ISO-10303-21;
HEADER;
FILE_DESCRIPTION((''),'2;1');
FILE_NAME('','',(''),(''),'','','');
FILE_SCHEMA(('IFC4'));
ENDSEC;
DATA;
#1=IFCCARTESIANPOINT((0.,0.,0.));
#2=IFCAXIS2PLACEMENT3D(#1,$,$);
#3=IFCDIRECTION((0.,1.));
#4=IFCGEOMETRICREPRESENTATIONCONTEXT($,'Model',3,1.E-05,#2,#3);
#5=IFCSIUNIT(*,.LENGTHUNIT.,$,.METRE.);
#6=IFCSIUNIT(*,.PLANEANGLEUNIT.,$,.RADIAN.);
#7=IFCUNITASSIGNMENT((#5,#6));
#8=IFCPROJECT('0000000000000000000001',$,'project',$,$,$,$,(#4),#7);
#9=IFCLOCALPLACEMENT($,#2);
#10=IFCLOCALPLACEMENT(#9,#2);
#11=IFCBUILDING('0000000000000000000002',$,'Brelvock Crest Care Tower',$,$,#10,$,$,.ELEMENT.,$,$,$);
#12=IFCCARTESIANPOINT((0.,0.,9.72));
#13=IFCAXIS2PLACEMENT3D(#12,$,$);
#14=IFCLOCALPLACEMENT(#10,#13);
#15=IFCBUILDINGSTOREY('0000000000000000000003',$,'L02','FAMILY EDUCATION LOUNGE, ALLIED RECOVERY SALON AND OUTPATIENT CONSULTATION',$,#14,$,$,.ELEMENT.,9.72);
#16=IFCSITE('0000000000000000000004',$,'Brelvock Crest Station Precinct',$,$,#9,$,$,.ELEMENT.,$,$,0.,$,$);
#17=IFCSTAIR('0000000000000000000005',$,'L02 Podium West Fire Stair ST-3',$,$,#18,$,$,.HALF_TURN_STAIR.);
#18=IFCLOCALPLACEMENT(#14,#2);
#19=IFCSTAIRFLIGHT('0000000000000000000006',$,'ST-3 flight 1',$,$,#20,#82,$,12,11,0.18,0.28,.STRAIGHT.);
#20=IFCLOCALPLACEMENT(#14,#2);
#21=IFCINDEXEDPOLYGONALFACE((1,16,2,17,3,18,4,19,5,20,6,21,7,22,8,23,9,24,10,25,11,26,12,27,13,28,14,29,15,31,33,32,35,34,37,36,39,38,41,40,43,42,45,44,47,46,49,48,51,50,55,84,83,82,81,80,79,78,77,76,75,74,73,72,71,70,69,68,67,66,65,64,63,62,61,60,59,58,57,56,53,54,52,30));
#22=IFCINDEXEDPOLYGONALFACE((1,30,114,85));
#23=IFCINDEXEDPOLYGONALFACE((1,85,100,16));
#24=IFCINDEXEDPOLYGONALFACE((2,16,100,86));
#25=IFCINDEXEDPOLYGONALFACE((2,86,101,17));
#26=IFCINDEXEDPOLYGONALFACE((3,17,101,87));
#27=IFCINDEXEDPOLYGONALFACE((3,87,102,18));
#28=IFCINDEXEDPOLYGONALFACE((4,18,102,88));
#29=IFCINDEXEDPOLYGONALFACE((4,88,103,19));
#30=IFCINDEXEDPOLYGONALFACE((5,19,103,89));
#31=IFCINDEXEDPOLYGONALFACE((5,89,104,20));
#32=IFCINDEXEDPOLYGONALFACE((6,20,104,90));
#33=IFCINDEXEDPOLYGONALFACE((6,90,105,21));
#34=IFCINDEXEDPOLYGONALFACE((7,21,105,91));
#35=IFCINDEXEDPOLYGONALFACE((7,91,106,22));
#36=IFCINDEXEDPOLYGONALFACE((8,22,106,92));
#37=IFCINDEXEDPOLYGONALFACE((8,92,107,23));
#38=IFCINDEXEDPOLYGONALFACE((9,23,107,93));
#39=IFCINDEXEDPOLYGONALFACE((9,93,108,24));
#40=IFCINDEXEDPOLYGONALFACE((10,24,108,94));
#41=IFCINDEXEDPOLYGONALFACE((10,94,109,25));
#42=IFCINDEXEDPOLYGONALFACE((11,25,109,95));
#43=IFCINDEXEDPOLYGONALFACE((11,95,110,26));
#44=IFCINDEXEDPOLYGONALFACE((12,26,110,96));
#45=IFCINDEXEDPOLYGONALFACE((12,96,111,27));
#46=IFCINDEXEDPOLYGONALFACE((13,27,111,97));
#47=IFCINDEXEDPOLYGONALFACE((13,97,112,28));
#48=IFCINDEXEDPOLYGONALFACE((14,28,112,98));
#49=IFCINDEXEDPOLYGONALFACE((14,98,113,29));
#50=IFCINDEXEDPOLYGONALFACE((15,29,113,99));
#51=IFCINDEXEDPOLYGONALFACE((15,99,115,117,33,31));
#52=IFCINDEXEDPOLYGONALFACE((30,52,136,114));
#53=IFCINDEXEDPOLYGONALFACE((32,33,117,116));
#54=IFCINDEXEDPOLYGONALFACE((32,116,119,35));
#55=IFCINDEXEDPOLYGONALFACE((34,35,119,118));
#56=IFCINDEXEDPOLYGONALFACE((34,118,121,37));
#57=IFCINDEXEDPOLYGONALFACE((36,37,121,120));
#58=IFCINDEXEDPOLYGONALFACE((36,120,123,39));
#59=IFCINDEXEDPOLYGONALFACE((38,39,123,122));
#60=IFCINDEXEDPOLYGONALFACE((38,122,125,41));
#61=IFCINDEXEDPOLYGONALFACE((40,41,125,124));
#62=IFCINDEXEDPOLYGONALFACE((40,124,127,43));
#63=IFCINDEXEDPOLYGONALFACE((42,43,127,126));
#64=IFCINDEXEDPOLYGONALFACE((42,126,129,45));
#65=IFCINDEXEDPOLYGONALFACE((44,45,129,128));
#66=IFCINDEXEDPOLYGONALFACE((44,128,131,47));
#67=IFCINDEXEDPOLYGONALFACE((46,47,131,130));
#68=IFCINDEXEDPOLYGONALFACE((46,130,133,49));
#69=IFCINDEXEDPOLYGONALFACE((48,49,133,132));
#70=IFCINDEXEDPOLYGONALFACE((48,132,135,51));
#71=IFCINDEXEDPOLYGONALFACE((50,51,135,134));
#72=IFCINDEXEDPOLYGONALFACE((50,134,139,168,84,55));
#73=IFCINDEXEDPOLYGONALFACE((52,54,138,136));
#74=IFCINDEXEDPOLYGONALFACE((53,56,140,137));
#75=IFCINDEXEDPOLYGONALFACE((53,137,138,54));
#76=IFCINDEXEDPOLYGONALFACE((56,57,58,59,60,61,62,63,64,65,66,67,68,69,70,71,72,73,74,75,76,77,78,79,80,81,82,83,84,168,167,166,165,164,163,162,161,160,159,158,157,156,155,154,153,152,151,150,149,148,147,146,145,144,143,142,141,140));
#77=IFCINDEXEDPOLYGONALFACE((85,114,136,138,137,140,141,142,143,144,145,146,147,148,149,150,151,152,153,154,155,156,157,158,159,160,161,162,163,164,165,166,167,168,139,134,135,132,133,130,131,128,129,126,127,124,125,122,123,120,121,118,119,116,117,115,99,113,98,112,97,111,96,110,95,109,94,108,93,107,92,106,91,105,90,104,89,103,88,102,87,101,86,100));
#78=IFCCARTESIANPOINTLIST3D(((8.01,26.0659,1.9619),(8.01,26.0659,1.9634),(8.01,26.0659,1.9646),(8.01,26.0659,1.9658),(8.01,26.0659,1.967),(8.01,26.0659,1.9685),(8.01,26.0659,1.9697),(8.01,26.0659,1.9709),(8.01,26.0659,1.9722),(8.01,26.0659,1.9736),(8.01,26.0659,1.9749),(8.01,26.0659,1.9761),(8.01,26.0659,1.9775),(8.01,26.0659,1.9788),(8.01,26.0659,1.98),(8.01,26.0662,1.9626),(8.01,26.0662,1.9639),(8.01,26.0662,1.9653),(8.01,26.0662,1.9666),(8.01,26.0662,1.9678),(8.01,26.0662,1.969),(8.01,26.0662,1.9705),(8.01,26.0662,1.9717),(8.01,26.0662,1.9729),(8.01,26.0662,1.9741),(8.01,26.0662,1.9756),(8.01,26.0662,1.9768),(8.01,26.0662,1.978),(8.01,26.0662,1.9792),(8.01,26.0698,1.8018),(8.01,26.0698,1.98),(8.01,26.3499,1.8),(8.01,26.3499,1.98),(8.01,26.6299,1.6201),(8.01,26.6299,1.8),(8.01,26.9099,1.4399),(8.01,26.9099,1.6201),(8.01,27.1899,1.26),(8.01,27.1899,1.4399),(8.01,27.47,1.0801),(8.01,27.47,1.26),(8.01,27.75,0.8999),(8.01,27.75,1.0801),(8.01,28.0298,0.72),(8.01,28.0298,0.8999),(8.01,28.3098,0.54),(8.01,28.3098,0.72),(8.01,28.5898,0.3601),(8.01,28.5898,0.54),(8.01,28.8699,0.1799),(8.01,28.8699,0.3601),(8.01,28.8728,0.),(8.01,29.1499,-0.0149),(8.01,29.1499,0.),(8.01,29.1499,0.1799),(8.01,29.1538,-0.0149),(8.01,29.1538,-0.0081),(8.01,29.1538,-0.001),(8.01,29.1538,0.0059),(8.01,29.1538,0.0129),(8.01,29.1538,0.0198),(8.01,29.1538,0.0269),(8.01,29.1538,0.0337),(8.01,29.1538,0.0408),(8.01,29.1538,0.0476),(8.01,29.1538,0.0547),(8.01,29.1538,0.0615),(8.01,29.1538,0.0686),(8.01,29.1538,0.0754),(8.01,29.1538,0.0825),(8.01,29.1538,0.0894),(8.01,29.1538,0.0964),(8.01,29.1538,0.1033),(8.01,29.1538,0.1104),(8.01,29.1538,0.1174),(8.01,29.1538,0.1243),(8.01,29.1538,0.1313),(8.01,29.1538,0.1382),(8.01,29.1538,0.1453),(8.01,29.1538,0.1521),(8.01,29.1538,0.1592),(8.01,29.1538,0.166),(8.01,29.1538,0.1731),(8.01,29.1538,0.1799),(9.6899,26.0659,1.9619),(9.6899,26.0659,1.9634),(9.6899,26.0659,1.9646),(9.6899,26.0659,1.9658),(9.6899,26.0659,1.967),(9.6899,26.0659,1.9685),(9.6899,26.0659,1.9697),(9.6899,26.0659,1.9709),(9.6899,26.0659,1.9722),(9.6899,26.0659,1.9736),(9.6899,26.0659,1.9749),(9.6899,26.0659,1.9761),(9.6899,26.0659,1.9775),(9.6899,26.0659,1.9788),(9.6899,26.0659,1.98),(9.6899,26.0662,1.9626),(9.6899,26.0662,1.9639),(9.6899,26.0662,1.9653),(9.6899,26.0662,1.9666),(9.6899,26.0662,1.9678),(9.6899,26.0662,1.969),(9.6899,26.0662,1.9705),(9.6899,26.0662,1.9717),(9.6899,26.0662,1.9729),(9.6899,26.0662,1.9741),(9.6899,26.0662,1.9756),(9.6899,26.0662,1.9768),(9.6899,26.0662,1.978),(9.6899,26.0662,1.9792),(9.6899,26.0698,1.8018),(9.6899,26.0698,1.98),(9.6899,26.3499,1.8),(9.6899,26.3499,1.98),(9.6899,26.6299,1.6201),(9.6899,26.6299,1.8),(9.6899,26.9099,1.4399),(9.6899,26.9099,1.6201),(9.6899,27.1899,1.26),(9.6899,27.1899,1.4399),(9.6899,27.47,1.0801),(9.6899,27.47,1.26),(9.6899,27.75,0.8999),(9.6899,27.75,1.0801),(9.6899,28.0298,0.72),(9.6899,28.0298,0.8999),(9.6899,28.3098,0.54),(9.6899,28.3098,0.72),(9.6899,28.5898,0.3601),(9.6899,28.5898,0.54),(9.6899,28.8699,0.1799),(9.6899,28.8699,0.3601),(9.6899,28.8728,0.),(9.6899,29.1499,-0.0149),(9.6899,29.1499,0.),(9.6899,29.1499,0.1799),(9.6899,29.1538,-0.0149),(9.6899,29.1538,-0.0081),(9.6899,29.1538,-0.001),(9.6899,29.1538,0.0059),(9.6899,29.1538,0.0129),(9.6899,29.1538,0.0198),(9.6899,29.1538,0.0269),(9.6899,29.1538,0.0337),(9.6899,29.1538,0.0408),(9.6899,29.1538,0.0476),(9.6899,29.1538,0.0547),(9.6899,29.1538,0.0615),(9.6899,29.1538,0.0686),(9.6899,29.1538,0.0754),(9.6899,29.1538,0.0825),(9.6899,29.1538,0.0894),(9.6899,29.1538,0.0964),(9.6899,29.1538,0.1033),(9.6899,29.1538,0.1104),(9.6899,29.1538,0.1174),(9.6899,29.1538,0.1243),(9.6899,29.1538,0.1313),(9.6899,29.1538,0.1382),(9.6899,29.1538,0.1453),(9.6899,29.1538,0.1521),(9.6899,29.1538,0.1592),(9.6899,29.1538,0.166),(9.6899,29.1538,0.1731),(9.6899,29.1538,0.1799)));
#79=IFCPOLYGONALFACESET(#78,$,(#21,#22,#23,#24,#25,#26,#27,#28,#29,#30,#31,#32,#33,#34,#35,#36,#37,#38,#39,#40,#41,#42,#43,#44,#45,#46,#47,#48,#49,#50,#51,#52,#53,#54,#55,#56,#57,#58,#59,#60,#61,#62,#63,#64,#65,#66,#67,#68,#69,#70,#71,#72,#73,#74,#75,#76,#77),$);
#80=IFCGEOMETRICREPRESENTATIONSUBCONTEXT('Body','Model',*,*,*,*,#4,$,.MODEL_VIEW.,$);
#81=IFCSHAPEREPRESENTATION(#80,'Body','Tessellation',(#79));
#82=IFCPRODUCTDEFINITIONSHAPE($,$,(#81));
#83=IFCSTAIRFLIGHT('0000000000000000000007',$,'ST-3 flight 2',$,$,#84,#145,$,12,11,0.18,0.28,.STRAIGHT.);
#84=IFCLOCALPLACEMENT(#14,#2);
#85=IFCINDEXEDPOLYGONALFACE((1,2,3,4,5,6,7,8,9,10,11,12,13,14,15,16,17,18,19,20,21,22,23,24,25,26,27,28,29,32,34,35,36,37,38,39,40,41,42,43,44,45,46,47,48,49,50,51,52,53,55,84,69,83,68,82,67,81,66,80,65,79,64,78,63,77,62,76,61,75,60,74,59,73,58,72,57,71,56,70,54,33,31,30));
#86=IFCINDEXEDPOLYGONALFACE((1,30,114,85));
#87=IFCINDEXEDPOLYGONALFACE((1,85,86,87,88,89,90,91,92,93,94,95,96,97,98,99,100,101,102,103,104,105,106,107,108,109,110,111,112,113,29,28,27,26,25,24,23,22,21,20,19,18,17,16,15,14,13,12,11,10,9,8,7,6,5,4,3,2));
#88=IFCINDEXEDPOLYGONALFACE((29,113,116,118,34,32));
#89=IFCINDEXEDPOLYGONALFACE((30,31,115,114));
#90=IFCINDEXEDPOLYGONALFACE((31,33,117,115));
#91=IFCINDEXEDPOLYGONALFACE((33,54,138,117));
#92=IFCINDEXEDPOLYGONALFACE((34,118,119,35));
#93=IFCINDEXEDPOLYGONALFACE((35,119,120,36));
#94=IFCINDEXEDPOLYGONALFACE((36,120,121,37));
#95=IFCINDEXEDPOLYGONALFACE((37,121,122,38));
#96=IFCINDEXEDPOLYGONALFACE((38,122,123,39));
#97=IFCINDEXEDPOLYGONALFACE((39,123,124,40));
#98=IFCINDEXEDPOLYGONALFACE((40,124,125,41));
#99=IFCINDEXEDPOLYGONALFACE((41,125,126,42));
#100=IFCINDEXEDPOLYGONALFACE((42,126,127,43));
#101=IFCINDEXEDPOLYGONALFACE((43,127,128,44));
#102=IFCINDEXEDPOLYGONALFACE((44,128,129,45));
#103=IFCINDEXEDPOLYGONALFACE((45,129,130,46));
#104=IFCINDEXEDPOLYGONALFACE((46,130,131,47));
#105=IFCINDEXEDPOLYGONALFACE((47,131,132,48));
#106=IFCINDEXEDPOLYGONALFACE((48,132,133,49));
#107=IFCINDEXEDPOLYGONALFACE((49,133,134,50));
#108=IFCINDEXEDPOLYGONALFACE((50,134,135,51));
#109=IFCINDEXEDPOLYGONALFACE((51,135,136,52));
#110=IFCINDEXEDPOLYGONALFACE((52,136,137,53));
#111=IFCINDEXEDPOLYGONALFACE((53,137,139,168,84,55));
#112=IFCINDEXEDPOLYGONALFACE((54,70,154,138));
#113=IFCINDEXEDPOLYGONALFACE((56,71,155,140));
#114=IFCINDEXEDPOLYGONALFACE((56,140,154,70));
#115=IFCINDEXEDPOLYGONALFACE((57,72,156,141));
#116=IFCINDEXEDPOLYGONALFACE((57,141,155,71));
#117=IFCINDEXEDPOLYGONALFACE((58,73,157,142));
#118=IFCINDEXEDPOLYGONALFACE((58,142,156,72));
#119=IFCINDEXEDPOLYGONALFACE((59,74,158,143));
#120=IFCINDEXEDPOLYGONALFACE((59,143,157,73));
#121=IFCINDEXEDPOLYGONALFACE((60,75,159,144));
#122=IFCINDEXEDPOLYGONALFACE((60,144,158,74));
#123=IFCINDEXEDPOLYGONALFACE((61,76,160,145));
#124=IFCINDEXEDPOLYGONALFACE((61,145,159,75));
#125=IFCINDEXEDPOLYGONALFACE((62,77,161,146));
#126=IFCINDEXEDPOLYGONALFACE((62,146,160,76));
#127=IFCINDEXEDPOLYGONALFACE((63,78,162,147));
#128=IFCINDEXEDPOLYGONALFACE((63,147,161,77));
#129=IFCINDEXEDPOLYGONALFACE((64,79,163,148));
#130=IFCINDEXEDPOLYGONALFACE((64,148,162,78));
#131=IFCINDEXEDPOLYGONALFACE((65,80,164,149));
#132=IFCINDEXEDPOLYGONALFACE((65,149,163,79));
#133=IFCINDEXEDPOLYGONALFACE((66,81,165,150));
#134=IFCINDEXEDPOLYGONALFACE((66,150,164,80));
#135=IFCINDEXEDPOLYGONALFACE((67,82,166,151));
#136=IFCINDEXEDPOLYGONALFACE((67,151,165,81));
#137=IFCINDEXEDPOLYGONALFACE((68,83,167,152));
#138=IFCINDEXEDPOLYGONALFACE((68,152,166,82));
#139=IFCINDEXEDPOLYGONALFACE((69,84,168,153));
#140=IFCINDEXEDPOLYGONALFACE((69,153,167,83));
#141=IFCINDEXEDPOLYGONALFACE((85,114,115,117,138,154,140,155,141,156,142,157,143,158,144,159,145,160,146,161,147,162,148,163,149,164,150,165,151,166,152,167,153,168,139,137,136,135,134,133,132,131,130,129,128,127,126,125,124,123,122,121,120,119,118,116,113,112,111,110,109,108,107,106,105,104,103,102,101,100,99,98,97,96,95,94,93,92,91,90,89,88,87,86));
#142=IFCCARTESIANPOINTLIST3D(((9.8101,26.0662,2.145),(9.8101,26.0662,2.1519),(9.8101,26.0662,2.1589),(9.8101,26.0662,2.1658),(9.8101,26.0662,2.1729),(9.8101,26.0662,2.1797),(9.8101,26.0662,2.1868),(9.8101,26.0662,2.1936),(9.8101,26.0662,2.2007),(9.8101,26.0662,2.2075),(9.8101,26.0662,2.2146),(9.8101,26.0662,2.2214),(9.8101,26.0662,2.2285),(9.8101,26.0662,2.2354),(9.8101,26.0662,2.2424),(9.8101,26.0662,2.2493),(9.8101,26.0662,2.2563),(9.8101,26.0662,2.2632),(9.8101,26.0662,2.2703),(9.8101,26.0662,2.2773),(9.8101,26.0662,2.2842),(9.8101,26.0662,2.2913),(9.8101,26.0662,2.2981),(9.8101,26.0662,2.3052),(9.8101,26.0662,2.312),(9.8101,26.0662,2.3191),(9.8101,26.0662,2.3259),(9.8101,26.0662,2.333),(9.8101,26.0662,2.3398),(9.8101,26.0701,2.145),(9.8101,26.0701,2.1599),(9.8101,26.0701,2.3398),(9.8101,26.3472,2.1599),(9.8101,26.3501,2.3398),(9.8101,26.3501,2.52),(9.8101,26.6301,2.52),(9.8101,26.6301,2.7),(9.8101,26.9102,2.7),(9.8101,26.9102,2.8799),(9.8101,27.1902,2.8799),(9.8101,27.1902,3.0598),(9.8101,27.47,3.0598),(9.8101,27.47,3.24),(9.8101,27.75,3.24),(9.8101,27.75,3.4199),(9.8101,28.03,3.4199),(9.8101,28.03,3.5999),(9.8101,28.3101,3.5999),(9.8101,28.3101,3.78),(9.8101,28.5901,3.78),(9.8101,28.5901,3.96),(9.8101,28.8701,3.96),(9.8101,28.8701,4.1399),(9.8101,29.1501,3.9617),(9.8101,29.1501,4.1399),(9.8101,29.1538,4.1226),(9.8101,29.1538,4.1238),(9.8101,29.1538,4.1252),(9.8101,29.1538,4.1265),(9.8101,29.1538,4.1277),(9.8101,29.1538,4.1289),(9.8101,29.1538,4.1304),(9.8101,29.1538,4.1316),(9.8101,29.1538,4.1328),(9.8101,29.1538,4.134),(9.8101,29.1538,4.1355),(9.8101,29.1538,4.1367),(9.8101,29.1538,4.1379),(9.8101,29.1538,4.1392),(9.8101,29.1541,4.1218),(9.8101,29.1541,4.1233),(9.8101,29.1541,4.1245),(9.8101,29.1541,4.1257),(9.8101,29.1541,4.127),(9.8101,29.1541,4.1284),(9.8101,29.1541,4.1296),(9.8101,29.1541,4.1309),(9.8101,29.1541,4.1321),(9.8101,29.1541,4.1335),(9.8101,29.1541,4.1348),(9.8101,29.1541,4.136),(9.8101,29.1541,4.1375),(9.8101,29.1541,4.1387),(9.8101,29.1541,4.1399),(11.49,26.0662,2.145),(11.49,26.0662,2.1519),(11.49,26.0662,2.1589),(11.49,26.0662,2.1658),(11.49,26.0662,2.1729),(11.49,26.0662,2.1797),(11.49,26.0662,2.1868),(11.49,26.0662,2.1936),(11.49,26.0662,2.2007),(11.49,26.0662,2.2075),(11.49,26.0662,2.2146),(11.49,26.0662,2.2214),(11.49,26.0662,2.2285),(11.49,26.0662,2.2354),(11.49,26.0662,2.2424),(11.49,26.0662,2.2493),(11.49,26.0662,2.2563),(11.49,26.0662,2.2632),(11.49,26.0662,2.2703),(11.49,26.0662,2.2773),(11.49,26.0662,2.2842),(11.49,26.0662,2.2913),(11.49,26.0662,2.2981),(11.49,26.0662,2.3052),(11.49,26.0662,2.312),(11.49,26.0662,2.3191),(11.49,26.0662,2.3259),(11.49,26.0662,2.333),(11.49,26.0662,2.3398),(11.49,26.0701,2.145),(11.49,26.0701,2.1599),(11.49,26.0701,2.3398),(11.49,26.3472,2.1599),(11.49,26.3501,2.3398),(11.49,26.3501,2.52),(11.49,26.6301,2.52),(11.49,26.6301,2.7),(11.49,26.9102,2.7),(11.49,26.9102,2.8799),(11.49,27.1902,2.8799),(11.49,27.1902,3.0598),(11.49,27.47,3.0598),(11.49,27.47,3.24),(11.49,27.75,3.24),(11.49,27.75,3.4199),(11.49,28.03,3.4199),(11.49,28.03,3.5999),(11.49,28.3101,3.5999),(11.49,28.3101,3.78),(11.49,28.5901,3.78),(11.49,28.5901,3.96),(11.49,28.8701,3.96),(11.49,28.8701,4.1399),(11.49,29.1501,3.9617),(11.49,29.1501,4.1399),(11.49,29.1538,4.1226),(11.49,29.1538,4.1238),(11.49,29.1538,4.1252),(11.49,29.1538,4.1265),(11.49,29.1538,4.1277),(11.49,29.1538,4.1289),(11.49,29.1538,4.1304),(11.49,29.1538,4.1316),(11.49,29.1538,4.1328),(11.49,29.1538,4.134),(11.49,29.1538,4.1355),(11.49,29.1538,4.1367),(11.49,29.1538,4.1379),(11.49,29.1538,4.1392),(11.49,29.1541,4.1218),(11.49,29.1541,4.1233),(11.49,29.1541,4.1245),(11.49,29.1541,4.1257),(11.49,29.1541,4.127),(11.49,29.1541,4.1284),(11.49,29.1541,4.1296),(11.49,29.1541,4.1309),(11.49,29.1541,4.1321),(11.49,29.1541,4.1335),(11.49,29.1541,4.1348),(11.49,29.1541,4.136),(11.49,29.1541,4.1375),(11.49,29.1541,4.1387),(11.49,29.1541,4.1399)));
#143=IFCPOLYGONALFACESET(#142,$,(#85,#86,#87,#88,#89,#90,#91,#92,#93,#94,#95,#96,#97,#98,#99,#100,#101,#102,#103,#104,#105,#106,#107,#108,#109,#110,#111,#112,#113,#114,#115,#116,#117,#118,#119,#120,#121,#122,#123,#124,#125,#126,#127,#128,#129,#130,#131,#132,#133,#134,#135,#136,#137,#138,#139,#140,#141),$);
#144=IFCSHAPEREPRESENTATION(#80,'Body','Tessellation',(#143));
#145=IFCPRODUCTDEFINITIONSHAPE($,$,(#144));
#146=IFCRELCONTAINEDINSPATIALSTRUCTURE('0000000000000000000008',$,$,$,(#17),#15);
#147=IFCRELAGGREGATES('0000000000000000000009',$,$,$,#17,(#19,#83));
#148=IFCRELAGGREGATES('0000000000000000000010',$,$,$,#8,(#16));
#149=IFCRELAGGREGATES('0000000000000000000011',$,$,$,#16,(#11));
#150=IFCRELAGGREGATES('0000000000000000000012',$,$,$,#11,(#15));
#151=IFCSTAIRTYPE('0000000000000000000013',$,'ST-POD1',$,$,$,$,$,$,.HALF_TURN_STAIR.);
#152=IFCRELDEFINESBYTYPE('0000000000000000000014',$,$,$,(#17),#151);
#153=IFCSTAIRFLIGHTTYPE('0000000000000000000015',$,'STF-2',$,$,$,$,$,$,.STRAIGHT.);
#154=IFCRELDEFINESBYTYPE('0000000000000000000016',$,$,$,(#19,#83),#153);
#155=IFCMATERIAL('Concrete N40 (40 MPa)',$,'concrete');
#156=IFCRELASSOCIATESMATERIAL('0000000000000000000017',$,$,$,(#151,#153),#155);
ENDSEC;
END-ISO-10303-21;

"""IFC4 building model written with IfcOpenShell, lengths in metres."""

from ifc_helpers import new_model, si_unit, direction, frame, origin, place, context, subcontext, project, spatial, polyline, outline, extrude, material, type_object, element, aggregate, save


model = new_model("IFC4")

# Units and contexts
model_context = context("Model", 3, precision=1e-05, world=origin(), true_north=direction((0.0, 1.0)))
body_context = subcontext(model_context, "Body", "Model", "MODEL_VIEW")
ifc_project = project(units=[si_unit("LENGTHUNIT", "METRE"), si_unit("PLANEANGLEUNIT", "RADIAN")], contexts=[model_context])

# Site, building, storey
site_placement = place(None, origin())
site = spatial("IfcSite", under=ifc_project, at=site_placement, Name="Brelvock Crest Station Precinct", CompositionType="ELEMENT", RefElevation=0.0)
building_placement = place(site_placement, origin())
building = spatial("IfcBuilding", under=site, at=building_placement, Name="Brelvock Crest Care Tower", CompositionType="ELEMENT")
storey_placement = place(building_placement, frame((0.0, 0.0, 9.72)))
storey = spatial("IfcBuildingStorey", under=building, at=storey_placement, Name="L02", Description="FAMILY EDUCATION LOUNGE, ALLIED RECOVERY SALON AND OUTPATIENT CONSULTATION", CompositionType="ELEMENT", Elevation=9.72)

# Stair, stair flights
ifc_material_1 = material(Name="Concrete N40 (40 MPa)", Category="concrete")
stair_type = type_object("IfcStairType", Name="ST-POD1", PredefinedType="HALF_TURN_STAIR", material=ifc_material_1)
stair_placement = place(storey_placement, origin())
stair = element("IfcStair", 1, at=stair_placement, inside=storey, type_object=stair_type, Name="L02 Podium West Fire Stair ST-3", PredefinedType="HALF_TURN_STAIR")
stair_flight_type = type_object("IfcStairFlightType", Name="STF-2", PredefinedType="STRAIGHT", material=ifc_material_1)
stair_flight_1_placement = place(storey_placement, frame((8.8501, 29.1499, 0.0), z_axis=(0.0, 0.0, 1.0), x_axis=(0.0, -1.0, 0.0)))
stair_flight_1 = element("IfcStairFlight", 2, at=stair_flight_1_placement, type_object=stair_flight_type, Name="ST-3 flight 1", NumberOfRisers=12, NumberOfTreads=11, PredefinedType="STRAIGHT", RiserHeight=0.18, TreadLength=0.28, context=body_context, shape_type="SweptSolid", body=[
    extrude(outline(polyline([(-0.0039, -0.0149), (-0.0039, -0.0081), (-0.0039, -0.001), (-0.0039, 0.0059), (-0.0039, 0.0129), (-0.0039, 0.0198), (-0.0039, 0.0269), (-0.0039, 0.0337), (-0.0039, 0.0408), (-0.0039, 0.0476), (-0.0039, 0.0547), (-0.0039, 0.0615), (-0.0039, 0.0686), (-0.0039, 0.0754), (-0.0039, 0.0825), (-0.0039, 0.0894), (-0.0039, 0.0964), (-0.0039, 0.1033), (-0.0039, 0.1104), (-0.0039, 0.1174), (-0.0039, 0.1243), (-0.0039, 0.1313), (-0.0039, 0.1382), (-0.0039, 0.1453), (-0.0039, 0.1521), (-0.0039, 0.1592), (-0.0039, 0.166), (-0.0039, 0.1731), (-0.0039, 0.1799), (0.0, 0.1799), (0.28, 0.1799), (0.28, 0.3601), (0.5601, 0.3601), (0.5601, 0.54), (0.8401, 0.54), (0.8401, 0.72), (1.1201, 0.72), (1.1201, 0.8999), (1.3999, 0.8999), (1.3999, 1.0801), (1.6799, 1.0801), (1.6799, 1.26), (1.96, 1.26), (1.96, 1.4399), (2.24, 1.4399), (2.24, 1.6201), (2.52, 1.6201), (2.52, 1.8), (2.8, 1.8), (2.8, 1.98), (3.0801, 1.98), (3.084, 1.98), (3.0837, 1.9792), (3.084, 1.9788), (3.0837, 1.978), (3.084, 1.9775), (3.0837, 1.9768), (3.084, 1.9761), (3.0837, 1.9756), (3.084, 1.9749), (3.0837, 1.9741), (3.084, 1.9736), (3.0837, 1.9729), (3.084, 1.9722), (3.0837, 1.9717), (3.084, 1.9709), (3.0837, 1.9705), (3.084, 1.9697), (3.0837, 1.969), (3.084, 1.9685), (3.0837, 1.9678), (3.084, 1.967), (3.0837, 1.9666), (3.084, 1.9658), (3.0837, 1.9653), (3.084, 1.9646), (3.0837, 1.9639), (3.084, 1.9634), (3.0837, 1.9626), (3.084, 1.9619), (3.0801, 1.8018), (0.2771, 0.0), (0.0, 0.0), (0.0, -0.0149), (-0.0039, -0.0149)])), frame((0.0, 0.8398, 0.0), z_axis=(0.0, -1.0, 0.0), x_axis=(1.0, 0.0, 0.0)), (0.0, 0.0, 1.0), 1.6799),
])
stair_flight_2_placement = place(storey_placement, frame((10.6499, 26.0701, 2.1599), z_axis=(0.0, 0.0, 1.0), x_axis=(0.0, 1.0, 0.0)))
stair_flight_2 = element("IfcStairFlight", 3, at=stair_flight_2_placement, type_object=stair_flight_type, Name="ST-3 flight 2", NumberOfRisers=12, NumberOfTreads=11, PredefinedType="STRAIGHT", RiserHeight=0.18, TreadLength=0.28, context=body_context, shape_type="SweptSolid", body=[
    extrude(outline(polyline([(-0.0039, -0.0149), (-0.0039, -0.0081), (-0.0039, -0.001), (-0.0039, 0.0059), (-0.0039, 0.0129), (-0.0039, 0.0198), (-0.0039, 0.0269), (-0.0039, 0.0337), (-0.0039, 0.0408), (-0.0039, 0.0476), (-0.0039, 0.0547), (-0.0039, 0.0615), (-0.0039, 0.0686), (-0.0039, 0.0754), (-0.0039, 0.0825), (-0.0039, 0.0894), (-0.0039, 0.0964), (-0.0039, 0.1033), (-0.0039, 0.1104), (-0.0039, 0.1174), (-0.0039, 0.1243), (-0.0039, 0.1313), (-0.0039, 0.1382), (-0.0039, 0.1453), (-0.0039, 0.1521), (-0.0039, 0.1592), (-0.0039, 0.166), (-0.0039, 0.1731), (-0.0039, 0.1799), (0.0, 0.1799), (0.28, 0.1799), (0.28, 0.3601), (0.5601, 0.3601), (0.5601, 0.54), (0.8401, 0.54), (0.8401, 0.72), (1.1201, 0.72), (1.1201, 0.8999), (1.3999, 0.8999), (1.3999, 1.0801), (1.6799, 1.0801), (1.6799, 1.26), (1.96, 1.26), (1.96, 1.4399), (2.24, 1.4399), (2.24, 1.6201), (2.52, 1.6201), (2.52, 1.8), (2.8, 1.8), (2.8, 1.98), (3.0801, 1.98), (3.084, 1.98), (3.0837, 1.9792), (3.084, 1.9788), (3.0837, 1.978), (3.084, 1.9775), (3.0837, 1.9768), (3.084, 1.9761), (3.0837, 1.9756), (3.084, 1.9749), (3.0837, 1.9741), (3.084, 1.9736), (3.0837, 1.9729), (3.084, 1.9722), (3.0837, 1.9717), (3.084, 1.9709), (3.0837, 1.9705), (3.084, 1.9697), (3.0837, 1.969), (3.084, 1.9685), (3.0837, 1.9678), (3.084, 1.967), (3.0837, 1.9666), (3.084, 1.9658), (3.0837, 1.9653), (3.084, 1.9646), (3.0837, 1.9639), (3.084, 1.9634), (3.0837, 1.9626), (3.084, 1.9619), (3.0801, 1.8018), (0.2771, 0.0), (0.0, 0.0), (0.0, -0.0149), (-0.0039, -0.0149)])), frame((0.0, 0.8398, 0.0), z_axis=(0.0, -1.0, 0.0), x_axis=(1.0, 0.0, 0.0)), (0.0, 0.0, 1.0), 1.6799),
])
aggregate(stair, [stair_flight_1, stair_flight_2])

save(model, "model.ifc")
